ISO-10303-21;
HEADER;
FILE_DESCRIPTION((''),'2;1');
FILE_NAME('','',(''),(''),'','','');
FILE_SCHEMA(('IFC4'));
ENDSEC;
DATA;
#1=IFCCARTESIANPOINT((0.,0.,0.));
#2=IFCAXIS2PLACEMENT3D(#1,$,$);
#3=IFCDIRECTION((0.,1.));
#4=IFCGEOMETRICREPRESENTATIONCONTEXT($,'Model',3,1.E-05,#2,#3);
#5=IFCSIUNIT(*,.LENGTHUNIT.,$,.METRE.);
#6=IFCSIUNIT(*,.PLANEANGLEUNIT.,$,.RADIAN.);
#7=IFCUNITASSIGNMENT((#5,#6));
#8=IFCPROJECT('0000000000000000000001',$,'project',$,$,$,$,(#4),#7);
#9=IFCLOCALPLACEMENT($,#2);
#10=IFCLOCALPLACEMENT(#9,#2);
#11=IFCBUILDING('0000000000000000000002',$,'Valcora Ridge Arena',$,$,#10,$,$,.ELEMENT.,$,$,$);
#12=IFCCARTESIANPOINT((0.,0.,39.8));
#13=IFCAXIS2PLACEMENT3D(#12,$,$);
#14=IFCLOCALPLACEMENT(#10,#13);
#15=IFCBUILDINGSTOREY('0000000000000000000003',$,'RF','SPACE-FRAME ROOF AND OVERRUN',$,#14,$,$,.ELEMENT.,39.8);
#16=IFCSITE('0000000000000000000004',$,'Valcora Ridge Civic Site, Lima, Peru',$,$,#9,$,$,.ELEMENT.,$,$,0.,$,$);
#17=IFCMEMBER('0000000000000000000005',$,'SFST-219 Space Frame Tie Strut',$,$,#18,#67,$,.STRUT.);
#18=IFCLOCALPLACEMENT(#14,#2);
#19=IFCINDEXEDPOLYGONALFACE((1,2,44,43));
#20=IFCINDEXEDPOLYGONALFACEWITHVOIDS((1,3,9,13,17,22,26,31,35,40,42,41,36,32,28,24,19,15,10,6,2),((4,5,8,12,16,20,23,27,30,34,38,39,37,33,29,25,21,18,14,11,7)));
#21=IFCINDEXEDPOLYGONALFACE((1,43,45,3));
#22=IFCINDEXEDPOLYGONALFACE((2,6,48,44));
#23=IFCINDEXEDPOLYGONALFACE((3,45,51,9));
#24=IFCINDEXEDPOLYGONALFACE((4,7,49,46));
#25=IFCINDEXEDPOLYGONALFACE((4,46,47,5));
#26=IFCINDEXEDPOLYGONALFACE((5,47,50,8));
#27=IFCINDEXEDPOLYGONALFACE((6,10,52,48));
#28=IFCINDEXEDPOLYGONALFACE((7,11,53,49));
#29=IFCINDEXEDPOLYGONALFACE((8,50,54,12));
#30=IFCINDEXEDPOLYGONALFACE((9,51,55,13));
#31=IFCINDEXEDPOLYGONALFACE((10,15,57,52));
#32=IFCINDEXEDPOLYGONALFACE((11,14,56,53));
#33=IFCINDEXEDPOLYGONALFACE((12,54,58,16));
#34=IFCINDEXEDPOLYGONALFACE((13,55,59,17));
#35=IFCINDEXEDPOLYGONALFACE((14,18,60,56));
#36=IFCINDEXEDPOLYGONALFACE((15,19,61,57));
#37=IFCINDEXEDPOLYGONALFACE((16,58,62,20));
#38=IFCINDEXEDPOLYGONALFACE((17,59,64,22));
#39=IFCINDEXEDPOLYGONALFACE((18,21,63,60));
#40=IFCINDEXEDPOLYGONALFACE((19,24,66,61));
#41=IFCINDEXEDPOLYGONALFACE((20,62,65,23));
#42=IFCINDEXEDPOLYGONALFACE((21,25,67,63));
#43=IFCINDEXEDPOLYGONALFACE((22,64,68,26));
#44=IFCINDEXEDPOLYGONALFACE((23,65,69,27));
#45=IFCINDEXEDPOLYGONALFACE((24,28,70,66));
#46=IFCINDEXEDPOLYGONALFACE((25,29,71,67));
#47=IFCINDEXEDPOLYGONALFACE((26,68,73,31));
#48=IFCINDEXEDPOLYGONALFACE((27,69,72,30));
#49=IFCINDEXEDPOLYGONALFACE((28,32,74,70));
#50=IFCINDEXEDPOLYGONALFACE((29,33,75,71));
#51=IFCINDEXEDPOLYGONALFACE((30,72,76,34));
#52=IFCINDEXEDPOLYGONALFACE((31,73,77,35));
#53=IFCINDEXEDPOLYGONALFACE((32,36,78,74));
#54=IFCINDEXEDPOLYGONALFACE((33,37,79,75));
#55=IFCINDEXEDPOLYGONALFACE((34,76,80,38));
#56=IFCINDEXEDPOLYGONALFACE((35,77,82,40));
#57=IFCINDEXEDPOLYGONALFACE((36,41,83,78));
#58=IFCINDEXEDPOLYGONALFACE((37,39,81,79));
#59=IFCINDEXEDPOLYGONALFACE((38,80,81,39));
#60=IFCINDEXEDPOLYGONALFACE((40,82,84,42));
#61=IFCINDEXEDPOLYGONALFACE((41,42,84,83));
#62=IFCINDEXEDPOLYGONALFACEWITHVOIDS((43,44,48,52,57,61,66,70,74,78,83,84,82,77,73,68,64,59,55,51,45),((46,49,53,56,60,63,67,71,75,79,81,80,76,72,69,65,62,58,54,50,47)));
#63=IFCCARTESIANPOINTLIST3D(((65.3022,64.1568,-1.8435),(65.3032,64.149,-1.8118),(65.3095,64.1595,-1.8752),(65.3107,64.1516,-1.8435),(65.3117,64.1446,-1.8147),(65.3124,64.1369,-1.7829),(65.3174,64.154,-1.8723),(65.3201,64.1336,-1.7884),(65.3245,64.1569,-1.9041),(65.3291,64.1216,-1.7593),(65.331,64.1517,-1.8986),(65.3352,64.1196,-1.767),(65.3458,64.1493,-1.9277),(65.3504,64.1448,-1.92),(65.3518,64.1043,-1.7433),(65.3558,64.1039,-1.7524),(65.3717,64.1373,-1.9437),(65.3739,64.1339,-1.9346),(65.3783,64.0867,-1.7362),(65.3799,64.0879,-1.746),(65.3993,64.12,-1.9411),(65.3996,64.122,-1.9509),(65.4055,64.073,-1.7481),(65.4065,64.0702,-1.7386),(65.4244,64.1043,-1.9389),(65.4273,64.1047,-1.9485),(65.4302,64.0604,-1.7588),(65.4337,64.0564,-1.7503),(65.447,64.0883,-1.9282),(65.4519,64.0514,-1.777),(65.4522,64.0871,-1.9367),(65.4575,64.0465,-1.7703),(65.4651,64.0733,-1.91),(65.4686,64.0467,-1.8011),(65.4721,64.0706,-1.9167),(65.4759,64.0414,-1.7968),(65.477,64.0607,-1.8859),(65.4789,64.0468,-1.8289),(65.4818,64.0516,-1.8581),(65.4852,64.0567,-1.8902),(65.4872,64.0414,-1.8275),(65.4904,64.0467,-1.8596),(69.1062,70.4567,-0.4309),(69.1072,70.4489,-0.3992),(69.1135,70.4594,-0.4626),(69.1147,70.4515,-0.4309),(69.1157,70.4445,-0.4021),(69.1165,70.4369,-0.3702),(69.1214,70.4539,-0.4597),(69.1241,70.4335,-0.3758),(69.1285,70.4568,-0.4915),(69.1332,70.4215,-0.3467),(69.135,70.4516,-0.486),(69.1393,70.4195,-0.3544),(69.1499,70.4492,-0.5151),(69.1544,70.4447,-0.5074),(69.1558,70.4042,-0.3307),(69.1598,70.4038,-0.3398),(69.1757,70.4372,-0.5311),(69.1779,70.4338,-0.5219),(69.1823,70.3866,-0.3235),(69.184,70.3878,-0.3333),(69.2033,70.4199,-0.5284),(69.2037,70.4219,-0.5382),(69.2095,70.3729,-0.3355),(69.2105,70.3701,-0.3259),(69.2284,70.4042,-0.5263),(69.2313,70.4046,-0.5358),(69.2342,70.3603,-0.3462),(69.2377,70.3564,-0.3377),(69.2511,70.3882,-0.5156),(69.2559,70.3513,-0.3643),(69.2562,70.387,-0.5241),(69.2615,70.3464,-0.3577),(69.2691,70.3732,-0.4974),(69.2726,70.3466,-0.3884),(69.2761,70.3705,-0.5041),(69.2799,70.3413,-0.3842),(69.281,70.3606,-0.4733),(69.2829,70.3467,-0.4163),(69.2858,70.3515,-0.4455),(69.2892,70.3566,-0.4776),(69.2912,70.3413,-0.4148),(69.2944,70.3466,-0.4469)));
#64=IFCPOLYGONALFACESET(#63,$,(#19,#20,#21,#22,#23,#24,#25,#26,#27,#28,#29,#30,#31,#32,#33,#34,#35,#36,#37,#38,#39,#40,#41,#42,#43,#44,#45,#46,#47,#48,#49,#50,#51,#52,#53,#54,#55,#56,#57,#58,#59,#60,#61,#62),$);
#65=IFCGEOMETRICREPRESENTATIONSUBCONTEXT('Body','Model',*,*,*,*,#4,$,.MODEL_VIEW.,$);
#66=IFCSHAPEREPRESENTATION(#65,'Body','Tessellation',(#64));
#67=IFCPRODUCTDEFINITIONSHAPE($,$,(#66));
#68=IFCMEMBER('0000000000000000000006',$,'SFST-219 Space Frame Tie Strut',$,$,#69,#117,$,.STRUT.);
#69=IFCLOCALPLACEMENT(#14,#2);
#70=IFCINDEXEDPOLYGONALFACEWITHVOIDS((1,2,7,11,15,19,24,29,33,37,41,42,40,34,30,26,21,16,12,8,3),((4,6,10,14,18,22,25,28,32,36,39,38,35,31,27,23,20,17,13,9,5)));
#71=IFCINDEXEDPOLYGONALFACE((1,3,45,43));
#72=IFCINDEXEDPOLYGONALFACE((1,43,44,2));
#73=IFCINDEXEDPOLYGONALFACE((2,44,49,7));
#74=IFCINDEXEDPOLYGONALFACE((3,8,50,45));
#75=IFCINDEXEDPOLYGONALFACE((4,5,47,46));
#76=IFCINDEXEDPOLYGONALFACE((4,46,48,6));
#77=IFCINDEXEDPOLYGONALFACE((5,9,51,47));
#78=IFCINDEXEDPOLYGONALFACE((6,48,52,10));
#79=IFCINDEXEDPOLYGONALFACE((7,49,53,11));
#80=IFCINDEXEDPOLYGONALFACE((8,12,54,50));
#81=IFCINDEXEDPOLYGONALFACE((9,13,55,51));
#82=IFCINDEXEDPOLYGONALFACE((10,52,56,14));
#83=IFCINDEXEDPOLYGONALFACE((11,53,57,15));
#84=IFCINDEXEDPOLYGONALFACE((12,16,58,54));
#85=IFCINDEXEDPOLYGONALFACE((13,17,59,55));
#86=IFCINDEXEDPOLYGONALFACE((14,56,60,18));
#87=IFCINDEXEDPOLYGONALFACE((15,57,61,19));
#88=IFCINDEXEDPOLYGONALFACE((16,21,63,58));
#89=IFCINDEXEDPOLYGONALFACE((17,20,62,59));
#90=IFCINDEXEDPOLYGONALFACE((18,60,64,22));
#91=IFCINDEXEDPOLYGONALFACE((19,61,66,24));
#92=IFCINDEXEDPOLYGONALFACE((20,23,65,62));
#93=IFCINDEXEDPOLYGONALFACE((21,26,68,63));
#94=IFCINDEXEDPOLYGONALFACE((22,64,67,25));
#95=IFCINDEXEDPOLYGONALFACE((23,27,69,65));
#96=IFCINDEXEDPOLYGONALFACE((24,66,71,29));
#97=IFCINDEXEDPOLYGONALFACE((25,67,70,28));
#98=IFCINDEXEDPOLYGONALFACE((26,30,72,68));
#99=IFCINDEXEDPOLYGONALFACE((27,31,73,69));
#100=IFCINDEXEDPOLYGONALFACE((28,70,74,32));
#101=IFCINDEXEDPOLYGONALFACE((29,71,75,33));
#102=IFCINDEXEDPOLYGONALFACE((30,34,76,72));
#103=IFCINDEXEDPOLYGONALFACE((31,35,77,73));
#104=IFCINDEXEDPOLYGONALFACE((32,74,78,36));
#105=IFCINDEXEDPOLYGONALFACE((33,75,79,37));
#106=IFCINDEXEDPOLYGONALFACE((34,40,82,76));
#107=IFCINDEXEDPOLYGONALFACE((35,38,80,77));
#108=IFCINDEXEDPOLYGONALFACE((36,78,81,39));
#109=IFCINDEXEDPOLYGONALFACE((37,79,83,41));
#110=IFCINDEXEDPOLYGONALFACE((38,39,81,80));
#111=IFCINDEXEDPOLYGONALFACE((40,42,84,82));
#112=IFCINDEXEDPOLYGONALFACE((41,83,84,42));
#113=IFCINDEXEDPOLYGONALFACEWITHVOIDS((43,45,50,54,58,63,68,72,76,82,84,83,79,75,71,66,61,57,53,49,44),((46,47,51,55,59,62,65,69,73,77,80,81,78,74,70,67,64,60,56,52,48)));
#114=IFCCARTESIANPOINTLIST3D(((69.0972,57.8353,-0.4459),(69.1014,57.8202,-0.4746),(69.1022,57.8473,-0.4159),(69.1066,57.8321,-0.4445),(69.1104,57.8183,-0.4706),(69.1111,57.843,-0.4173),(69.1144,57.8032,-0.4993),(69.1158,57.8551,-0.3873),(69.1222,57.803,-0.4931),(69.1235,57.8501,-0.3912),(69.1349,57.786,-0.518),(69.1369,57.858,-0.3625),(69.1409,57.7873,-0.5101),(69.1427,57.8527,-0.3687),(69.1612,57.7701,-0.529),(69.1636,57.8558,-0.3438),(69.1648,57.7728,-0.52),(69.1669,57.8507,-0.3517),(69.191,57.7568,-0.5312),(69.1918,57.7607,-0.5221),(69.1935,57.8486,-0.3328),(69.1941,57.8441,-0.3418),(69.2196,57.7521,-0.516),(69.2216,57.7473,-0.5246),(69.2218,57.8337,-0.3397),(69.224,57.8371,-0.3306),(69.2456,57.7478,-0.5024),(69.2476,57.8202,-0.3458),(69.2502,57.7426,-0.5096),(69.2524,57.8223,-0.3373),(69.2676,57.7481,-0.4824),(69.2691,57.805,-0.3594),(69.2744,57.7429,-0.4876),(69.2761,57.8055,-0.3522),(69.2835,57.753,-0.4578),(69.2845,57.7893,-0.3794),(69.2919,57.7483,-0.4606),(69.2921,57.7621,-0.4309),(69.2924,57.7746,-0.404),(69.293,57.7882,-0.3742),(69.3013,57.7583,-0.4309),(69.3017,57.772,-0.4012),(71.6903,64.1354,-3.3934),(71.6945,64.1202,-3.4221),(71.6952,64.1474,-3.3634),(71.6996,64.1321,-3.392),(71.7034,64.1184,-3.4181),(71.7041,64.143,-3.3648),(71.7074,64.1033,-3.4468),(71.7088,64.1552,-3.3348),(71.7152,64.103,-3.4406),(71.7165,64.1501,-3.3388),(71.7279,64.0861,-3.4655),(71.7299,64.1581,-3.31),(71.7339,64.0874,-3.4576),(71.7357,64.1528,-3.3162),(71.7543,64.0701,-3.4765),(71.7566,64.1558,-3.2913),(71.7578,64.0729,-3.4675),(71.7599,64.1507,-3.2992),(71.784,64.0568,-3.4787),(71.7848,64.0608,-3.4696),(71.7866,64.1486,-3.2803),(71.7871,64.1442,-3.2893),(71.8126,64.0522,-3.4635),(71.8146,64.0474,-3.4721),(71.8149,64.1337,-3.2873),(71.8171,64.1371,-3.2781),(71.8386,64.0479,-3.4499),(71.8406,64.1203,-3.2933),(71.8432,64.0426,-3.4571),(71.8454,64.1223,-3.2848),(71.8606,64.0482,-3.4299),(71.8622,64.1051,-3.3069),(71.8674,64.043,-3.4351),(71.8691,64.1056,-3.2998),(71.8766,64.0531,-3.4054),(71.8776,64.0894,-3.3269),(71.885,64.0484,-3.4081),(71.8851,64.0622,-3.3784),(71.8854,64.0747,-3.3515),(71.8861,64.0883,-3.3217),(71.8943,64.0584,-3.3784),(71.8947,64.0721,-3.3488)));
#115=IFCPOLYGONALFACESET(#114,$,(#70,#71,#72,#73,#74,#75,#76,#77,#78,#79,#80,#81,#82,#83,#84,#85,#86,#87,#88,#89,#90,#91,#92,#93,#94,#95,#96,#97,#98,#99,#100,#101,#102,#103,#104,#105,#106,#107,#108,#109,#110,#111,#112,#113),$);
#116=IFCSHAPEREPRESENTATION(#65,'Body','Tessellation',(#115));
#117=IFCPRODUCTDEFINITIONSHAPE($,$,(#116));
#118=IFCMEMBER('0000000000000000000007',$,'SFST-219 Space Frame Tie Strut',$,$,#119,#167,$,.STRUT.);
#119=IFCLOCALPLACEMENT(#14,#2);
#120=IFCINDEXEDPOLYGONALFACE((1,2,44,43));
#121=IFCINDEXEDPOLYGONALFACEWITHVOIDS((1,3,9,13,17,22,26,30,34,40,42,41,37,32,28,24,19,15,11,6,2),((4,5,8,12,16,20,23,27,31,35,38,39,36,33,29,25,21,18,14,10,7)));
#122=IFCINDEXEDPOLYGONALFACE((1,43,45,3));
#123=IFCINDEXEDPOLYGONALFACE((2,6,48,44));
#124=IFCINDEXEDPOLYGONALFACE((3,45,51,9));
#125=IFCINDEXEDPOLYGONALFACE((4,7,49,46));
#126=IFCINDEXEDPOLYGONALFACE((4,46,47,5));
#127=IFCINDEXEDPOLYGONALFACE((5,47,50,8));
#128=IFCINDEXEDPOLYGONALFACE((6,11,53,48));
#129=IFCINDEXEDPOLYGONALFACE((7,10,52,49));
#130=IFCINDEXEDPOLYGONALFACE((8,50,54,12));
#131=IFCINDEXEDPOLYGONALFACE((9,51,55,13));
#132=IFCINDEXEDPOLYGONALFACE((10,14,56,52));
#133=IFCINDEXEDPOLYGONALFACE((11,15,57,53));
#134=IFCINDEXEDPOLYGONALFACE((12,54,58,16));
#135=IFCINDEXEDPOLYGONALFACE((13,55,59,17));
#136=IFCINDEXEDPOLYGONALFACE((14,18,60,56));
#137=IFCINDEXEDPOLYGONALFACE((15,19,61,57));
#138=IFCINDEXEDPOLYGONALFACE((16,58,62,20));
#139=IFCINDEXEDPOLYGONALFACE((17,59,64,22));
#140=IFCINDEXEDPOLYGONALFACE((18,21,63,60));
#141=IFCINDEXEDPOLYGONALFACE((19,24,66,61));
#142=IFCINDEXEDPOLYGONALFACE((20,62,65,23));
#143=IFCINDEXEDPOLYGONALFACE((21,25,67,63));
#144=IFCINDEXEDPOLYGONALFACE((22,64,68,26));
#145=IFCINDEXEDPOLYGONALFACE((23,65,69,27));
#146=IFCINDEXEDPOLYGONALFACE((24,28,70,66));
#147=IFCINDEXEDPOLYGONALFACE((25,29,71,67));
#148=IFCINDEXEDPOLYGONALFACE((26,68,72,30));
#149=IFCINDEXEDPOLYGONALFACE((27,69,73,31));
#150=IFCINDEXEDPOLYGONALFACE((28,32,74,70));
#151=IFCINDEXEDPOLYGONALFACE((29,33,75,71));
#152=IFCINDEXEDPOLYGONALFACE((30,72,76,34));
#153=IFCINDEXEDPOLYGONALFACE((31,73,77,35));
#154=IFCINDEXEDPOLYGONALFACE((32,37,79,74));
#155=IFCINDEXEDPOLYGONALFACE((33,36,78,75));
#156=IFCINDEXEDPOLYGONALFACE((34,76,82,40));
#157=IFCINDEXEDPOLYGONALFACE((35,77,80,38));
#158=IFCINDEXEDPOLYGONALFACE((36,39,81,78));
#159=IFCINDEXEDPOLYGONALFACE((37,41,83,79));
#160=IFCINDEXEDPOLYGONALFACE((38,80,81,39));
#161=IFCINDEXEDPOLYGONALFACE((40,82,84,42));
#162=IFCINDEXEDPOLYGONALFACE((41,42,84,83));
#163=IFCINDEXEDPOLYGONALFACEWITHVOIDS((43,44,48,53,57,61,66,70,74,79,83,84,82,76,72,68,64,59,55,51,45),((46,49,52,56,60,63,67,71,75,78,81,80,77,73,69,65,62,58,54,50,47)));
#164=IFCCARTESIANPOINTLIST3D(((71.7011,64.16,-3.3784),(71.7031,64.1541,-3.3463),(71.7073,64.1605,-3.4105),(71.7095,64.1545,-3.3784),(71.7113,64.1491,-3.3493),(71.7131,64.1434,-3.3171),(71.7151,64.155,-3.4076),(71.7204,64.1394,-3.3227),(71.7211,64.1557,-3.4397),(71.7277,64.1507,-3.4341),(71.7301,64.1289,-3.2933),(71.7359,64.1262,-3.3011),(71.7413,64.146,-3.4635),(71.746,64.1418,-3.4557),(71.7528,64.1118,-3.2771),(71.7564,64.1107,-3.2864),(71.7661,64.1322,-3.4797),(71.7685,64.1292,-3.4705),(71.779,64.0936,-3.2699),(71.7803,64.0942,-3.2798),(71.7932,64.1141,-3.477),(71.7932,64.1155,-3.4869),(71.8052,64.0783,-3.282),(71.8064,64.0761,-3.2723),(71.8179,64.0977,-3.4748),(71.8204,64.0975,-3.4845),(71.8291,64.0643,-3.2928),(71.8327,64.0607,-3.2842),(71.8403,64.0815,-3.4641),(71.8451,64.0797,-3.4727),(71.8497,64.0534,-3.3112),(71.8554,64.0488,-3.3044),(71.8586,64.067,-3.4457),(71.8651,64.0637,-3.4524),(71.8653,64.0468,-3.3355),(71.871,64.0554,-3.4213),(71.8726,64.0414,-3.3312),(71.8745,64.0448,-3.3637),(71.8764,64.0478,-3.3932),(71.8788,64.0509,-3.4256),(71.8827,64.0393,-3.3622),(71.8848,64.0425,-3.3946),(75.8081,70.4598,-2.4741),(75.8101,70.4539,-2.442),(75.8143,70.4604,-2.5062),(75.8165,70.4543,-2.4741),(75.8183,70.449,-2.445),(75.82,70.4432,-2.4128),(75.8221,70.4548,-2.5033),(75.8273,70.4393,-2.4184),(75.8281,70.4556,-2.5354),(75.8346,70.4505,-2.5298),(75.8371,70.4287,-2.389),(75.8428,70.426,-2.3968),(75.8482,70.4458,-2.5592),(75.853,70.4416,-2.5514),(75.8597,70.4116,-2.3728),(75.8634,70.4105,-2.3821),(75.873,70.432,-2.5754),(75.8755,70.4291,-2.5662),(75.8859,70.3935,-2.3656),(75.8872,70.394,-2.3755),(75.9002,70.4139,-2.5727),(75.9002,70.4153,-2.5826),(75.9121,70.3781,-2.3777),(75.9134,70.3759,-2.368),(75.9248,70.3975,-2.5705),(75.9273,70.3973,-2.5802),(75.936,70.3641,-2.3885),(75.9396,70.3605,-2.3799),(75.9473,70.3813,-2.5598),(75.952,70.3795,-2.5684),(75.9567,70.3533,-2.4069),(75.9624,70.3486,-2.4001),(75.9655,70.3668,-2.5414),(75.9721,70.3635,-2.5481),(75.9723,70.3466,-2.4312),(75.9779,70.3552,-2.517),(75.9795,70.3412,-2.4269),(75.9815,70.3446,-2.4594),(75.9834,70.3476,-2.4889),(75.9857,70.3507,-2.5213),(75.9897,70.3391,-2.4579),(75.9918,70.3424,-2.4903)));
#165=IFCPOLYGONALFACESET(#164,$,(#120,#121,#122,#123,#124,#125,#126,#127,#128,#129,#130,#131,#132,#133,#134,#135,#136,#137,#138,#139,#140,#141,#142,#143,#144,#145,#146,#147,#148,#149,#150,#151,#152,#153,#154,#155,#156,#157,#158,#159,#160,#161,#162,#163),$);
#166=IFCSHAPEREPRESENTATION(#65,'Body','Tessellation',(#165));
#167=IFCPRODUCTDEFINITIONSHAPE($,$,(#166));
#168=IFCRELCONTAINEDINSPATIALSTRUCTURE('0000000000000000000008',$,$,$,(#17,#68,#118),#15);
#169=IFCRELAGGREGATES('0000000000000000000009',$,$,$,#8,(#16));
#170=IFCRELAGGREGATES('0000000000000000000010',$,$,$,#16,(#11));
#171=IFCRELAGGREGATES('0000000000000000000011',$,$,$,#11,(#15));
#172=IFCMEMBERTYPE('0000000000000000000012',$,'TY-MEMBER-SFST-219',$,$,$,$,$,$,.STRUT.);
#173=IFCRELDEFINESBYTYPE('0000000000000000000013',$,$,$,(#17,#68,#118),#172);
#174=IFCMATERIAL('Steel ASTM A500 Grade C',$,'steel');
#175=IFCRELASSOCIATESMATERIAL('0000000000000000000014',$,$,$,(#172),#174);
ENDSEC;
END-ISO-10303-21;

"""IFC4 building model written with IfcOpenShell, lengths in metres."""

from ifc_helpers import new_model, si_unit, direction, frame, origin, origin_2d, place, context, subcontext, project, spatial, hollow_circle, extrude, material, material_profile, profile_set, type_object, element, save


model = new_model("IFC4")

# Units and contexts
model_context = context("Model", 3, precision=1e-05, world=origin(), true_north=direction((0.0, 1.0)))
body_context = subcontext(model_context, "Body", "Model", "MODEL_VIEW")
ifc_project = project(units=[si_unit("LENGTHUNIT", "METRE"), si_unit("PLANEANGLEUNIT", "RADIAN")], contexts=[model_context])

# Site, building, storey
site_placement = place(None, origin())
site = spatial("IfcSite", under=ifc_project, at=site_placement, Name="Valcora Ridge Civic Site, Lima, Peru", CompositionType="ELEMENT", RefElevation=0.0)
building_placement = place(site_placement, origin())
building = spatial("IfcBuilding", under=site, at=building_placement, Name="Valcora Ridge Arena", CompositionType="ELEMENT")
storey_placement = place(building_placement, frame((0.0, 0.0, 39.8)))
storey = spatial("IfcBuildingStorey", under=building, at=storey_placement, Name="RF", Description="SPACE-FRAME ROOF AND OVERRUN", CompositionType="ELEMENT", Elevation=39.8)

# Members
ifc_material_1 = material(Name="Steel ASTM A500 Grade C", Category="steel")
ifc_material_profile_1 = material_profile(ifc_material_1, hollow_circle(Radius=0.1096, WallThickness=0.01, at=origin_2d()), Name="CHS219X10")
ifc_profile_set_1 = profile_set([ifc_material_profile_1], Name="Steel ASTM A500 Grade C")
member_type_1 = type_object("IfcMemberType", Name="TY-MEMBER-SFST-219", PredefinedType="STRUT", material=ifc_profile_set_1)
member_1_placement = place(storey_placement, frame((65.396, 64.1001, -1.8435), z_axis=(0.507632, 0.840699, 0.188509), x_axis=(-0.856046, 0.516899, 0.0)))
element("IfcMember", 1, at=member_1_placement, inside=storey, type_object=member_type_1, Name="SFST-219 Space Frame Tie Strut", PredefinedType="STRUT", context=body_context, shape_type="SweptSolid", body=[
    extrude(hollow_circle(Radius=0.1096, WallThickness=0.01, at=origin_2d()), origin(), (0.0, 0.0, 1.0), 7.4937),
])
member_2_placement = place(storey_placement, frame((71.793, 64.1001, -3.3784), z_axis=(-0.349318, -0.84871, 0.397074), x_axis=(0.924736, -0.380609, 0.0)))
element("IfcMember", 2, at=member_2_placement, inside=storey, type_object=member_type_1, Name="SFST-219 Space Frame Tie Strut", PredefinedType="STRUT", context=body_context, shape_type="SweptSolid", body=[
    extrude(hollow_circle(Radius=0.1096, WallThickness=0.01, at=origin_2d()), origin(), (0.0, 0.0, 1.0), 7.4231),
])
member_3_placement = place(storey_placement, frame((71.793, 64.1001, -3.3784), z_axis=(0.542209, 0.831718, 0.119388), x_axis=(-0.83771, 0.546115, 0.0)))
element("IfcMember", 3, at=member_3_placement, inside=storey, type_object=member_type_1, Name="SFST-219 Space Frame Tie Strut", PredefinedType="STRUT", context=body_context, shape_type="SweptSolid", body=[
    extrude(hollow_circle(Radius=0.1096, WallThickness=0.01, at=origin_2d()), origin(), (0.0, 0.0, 1.0), 7.5745),
])

save(model, "model.ifc")
